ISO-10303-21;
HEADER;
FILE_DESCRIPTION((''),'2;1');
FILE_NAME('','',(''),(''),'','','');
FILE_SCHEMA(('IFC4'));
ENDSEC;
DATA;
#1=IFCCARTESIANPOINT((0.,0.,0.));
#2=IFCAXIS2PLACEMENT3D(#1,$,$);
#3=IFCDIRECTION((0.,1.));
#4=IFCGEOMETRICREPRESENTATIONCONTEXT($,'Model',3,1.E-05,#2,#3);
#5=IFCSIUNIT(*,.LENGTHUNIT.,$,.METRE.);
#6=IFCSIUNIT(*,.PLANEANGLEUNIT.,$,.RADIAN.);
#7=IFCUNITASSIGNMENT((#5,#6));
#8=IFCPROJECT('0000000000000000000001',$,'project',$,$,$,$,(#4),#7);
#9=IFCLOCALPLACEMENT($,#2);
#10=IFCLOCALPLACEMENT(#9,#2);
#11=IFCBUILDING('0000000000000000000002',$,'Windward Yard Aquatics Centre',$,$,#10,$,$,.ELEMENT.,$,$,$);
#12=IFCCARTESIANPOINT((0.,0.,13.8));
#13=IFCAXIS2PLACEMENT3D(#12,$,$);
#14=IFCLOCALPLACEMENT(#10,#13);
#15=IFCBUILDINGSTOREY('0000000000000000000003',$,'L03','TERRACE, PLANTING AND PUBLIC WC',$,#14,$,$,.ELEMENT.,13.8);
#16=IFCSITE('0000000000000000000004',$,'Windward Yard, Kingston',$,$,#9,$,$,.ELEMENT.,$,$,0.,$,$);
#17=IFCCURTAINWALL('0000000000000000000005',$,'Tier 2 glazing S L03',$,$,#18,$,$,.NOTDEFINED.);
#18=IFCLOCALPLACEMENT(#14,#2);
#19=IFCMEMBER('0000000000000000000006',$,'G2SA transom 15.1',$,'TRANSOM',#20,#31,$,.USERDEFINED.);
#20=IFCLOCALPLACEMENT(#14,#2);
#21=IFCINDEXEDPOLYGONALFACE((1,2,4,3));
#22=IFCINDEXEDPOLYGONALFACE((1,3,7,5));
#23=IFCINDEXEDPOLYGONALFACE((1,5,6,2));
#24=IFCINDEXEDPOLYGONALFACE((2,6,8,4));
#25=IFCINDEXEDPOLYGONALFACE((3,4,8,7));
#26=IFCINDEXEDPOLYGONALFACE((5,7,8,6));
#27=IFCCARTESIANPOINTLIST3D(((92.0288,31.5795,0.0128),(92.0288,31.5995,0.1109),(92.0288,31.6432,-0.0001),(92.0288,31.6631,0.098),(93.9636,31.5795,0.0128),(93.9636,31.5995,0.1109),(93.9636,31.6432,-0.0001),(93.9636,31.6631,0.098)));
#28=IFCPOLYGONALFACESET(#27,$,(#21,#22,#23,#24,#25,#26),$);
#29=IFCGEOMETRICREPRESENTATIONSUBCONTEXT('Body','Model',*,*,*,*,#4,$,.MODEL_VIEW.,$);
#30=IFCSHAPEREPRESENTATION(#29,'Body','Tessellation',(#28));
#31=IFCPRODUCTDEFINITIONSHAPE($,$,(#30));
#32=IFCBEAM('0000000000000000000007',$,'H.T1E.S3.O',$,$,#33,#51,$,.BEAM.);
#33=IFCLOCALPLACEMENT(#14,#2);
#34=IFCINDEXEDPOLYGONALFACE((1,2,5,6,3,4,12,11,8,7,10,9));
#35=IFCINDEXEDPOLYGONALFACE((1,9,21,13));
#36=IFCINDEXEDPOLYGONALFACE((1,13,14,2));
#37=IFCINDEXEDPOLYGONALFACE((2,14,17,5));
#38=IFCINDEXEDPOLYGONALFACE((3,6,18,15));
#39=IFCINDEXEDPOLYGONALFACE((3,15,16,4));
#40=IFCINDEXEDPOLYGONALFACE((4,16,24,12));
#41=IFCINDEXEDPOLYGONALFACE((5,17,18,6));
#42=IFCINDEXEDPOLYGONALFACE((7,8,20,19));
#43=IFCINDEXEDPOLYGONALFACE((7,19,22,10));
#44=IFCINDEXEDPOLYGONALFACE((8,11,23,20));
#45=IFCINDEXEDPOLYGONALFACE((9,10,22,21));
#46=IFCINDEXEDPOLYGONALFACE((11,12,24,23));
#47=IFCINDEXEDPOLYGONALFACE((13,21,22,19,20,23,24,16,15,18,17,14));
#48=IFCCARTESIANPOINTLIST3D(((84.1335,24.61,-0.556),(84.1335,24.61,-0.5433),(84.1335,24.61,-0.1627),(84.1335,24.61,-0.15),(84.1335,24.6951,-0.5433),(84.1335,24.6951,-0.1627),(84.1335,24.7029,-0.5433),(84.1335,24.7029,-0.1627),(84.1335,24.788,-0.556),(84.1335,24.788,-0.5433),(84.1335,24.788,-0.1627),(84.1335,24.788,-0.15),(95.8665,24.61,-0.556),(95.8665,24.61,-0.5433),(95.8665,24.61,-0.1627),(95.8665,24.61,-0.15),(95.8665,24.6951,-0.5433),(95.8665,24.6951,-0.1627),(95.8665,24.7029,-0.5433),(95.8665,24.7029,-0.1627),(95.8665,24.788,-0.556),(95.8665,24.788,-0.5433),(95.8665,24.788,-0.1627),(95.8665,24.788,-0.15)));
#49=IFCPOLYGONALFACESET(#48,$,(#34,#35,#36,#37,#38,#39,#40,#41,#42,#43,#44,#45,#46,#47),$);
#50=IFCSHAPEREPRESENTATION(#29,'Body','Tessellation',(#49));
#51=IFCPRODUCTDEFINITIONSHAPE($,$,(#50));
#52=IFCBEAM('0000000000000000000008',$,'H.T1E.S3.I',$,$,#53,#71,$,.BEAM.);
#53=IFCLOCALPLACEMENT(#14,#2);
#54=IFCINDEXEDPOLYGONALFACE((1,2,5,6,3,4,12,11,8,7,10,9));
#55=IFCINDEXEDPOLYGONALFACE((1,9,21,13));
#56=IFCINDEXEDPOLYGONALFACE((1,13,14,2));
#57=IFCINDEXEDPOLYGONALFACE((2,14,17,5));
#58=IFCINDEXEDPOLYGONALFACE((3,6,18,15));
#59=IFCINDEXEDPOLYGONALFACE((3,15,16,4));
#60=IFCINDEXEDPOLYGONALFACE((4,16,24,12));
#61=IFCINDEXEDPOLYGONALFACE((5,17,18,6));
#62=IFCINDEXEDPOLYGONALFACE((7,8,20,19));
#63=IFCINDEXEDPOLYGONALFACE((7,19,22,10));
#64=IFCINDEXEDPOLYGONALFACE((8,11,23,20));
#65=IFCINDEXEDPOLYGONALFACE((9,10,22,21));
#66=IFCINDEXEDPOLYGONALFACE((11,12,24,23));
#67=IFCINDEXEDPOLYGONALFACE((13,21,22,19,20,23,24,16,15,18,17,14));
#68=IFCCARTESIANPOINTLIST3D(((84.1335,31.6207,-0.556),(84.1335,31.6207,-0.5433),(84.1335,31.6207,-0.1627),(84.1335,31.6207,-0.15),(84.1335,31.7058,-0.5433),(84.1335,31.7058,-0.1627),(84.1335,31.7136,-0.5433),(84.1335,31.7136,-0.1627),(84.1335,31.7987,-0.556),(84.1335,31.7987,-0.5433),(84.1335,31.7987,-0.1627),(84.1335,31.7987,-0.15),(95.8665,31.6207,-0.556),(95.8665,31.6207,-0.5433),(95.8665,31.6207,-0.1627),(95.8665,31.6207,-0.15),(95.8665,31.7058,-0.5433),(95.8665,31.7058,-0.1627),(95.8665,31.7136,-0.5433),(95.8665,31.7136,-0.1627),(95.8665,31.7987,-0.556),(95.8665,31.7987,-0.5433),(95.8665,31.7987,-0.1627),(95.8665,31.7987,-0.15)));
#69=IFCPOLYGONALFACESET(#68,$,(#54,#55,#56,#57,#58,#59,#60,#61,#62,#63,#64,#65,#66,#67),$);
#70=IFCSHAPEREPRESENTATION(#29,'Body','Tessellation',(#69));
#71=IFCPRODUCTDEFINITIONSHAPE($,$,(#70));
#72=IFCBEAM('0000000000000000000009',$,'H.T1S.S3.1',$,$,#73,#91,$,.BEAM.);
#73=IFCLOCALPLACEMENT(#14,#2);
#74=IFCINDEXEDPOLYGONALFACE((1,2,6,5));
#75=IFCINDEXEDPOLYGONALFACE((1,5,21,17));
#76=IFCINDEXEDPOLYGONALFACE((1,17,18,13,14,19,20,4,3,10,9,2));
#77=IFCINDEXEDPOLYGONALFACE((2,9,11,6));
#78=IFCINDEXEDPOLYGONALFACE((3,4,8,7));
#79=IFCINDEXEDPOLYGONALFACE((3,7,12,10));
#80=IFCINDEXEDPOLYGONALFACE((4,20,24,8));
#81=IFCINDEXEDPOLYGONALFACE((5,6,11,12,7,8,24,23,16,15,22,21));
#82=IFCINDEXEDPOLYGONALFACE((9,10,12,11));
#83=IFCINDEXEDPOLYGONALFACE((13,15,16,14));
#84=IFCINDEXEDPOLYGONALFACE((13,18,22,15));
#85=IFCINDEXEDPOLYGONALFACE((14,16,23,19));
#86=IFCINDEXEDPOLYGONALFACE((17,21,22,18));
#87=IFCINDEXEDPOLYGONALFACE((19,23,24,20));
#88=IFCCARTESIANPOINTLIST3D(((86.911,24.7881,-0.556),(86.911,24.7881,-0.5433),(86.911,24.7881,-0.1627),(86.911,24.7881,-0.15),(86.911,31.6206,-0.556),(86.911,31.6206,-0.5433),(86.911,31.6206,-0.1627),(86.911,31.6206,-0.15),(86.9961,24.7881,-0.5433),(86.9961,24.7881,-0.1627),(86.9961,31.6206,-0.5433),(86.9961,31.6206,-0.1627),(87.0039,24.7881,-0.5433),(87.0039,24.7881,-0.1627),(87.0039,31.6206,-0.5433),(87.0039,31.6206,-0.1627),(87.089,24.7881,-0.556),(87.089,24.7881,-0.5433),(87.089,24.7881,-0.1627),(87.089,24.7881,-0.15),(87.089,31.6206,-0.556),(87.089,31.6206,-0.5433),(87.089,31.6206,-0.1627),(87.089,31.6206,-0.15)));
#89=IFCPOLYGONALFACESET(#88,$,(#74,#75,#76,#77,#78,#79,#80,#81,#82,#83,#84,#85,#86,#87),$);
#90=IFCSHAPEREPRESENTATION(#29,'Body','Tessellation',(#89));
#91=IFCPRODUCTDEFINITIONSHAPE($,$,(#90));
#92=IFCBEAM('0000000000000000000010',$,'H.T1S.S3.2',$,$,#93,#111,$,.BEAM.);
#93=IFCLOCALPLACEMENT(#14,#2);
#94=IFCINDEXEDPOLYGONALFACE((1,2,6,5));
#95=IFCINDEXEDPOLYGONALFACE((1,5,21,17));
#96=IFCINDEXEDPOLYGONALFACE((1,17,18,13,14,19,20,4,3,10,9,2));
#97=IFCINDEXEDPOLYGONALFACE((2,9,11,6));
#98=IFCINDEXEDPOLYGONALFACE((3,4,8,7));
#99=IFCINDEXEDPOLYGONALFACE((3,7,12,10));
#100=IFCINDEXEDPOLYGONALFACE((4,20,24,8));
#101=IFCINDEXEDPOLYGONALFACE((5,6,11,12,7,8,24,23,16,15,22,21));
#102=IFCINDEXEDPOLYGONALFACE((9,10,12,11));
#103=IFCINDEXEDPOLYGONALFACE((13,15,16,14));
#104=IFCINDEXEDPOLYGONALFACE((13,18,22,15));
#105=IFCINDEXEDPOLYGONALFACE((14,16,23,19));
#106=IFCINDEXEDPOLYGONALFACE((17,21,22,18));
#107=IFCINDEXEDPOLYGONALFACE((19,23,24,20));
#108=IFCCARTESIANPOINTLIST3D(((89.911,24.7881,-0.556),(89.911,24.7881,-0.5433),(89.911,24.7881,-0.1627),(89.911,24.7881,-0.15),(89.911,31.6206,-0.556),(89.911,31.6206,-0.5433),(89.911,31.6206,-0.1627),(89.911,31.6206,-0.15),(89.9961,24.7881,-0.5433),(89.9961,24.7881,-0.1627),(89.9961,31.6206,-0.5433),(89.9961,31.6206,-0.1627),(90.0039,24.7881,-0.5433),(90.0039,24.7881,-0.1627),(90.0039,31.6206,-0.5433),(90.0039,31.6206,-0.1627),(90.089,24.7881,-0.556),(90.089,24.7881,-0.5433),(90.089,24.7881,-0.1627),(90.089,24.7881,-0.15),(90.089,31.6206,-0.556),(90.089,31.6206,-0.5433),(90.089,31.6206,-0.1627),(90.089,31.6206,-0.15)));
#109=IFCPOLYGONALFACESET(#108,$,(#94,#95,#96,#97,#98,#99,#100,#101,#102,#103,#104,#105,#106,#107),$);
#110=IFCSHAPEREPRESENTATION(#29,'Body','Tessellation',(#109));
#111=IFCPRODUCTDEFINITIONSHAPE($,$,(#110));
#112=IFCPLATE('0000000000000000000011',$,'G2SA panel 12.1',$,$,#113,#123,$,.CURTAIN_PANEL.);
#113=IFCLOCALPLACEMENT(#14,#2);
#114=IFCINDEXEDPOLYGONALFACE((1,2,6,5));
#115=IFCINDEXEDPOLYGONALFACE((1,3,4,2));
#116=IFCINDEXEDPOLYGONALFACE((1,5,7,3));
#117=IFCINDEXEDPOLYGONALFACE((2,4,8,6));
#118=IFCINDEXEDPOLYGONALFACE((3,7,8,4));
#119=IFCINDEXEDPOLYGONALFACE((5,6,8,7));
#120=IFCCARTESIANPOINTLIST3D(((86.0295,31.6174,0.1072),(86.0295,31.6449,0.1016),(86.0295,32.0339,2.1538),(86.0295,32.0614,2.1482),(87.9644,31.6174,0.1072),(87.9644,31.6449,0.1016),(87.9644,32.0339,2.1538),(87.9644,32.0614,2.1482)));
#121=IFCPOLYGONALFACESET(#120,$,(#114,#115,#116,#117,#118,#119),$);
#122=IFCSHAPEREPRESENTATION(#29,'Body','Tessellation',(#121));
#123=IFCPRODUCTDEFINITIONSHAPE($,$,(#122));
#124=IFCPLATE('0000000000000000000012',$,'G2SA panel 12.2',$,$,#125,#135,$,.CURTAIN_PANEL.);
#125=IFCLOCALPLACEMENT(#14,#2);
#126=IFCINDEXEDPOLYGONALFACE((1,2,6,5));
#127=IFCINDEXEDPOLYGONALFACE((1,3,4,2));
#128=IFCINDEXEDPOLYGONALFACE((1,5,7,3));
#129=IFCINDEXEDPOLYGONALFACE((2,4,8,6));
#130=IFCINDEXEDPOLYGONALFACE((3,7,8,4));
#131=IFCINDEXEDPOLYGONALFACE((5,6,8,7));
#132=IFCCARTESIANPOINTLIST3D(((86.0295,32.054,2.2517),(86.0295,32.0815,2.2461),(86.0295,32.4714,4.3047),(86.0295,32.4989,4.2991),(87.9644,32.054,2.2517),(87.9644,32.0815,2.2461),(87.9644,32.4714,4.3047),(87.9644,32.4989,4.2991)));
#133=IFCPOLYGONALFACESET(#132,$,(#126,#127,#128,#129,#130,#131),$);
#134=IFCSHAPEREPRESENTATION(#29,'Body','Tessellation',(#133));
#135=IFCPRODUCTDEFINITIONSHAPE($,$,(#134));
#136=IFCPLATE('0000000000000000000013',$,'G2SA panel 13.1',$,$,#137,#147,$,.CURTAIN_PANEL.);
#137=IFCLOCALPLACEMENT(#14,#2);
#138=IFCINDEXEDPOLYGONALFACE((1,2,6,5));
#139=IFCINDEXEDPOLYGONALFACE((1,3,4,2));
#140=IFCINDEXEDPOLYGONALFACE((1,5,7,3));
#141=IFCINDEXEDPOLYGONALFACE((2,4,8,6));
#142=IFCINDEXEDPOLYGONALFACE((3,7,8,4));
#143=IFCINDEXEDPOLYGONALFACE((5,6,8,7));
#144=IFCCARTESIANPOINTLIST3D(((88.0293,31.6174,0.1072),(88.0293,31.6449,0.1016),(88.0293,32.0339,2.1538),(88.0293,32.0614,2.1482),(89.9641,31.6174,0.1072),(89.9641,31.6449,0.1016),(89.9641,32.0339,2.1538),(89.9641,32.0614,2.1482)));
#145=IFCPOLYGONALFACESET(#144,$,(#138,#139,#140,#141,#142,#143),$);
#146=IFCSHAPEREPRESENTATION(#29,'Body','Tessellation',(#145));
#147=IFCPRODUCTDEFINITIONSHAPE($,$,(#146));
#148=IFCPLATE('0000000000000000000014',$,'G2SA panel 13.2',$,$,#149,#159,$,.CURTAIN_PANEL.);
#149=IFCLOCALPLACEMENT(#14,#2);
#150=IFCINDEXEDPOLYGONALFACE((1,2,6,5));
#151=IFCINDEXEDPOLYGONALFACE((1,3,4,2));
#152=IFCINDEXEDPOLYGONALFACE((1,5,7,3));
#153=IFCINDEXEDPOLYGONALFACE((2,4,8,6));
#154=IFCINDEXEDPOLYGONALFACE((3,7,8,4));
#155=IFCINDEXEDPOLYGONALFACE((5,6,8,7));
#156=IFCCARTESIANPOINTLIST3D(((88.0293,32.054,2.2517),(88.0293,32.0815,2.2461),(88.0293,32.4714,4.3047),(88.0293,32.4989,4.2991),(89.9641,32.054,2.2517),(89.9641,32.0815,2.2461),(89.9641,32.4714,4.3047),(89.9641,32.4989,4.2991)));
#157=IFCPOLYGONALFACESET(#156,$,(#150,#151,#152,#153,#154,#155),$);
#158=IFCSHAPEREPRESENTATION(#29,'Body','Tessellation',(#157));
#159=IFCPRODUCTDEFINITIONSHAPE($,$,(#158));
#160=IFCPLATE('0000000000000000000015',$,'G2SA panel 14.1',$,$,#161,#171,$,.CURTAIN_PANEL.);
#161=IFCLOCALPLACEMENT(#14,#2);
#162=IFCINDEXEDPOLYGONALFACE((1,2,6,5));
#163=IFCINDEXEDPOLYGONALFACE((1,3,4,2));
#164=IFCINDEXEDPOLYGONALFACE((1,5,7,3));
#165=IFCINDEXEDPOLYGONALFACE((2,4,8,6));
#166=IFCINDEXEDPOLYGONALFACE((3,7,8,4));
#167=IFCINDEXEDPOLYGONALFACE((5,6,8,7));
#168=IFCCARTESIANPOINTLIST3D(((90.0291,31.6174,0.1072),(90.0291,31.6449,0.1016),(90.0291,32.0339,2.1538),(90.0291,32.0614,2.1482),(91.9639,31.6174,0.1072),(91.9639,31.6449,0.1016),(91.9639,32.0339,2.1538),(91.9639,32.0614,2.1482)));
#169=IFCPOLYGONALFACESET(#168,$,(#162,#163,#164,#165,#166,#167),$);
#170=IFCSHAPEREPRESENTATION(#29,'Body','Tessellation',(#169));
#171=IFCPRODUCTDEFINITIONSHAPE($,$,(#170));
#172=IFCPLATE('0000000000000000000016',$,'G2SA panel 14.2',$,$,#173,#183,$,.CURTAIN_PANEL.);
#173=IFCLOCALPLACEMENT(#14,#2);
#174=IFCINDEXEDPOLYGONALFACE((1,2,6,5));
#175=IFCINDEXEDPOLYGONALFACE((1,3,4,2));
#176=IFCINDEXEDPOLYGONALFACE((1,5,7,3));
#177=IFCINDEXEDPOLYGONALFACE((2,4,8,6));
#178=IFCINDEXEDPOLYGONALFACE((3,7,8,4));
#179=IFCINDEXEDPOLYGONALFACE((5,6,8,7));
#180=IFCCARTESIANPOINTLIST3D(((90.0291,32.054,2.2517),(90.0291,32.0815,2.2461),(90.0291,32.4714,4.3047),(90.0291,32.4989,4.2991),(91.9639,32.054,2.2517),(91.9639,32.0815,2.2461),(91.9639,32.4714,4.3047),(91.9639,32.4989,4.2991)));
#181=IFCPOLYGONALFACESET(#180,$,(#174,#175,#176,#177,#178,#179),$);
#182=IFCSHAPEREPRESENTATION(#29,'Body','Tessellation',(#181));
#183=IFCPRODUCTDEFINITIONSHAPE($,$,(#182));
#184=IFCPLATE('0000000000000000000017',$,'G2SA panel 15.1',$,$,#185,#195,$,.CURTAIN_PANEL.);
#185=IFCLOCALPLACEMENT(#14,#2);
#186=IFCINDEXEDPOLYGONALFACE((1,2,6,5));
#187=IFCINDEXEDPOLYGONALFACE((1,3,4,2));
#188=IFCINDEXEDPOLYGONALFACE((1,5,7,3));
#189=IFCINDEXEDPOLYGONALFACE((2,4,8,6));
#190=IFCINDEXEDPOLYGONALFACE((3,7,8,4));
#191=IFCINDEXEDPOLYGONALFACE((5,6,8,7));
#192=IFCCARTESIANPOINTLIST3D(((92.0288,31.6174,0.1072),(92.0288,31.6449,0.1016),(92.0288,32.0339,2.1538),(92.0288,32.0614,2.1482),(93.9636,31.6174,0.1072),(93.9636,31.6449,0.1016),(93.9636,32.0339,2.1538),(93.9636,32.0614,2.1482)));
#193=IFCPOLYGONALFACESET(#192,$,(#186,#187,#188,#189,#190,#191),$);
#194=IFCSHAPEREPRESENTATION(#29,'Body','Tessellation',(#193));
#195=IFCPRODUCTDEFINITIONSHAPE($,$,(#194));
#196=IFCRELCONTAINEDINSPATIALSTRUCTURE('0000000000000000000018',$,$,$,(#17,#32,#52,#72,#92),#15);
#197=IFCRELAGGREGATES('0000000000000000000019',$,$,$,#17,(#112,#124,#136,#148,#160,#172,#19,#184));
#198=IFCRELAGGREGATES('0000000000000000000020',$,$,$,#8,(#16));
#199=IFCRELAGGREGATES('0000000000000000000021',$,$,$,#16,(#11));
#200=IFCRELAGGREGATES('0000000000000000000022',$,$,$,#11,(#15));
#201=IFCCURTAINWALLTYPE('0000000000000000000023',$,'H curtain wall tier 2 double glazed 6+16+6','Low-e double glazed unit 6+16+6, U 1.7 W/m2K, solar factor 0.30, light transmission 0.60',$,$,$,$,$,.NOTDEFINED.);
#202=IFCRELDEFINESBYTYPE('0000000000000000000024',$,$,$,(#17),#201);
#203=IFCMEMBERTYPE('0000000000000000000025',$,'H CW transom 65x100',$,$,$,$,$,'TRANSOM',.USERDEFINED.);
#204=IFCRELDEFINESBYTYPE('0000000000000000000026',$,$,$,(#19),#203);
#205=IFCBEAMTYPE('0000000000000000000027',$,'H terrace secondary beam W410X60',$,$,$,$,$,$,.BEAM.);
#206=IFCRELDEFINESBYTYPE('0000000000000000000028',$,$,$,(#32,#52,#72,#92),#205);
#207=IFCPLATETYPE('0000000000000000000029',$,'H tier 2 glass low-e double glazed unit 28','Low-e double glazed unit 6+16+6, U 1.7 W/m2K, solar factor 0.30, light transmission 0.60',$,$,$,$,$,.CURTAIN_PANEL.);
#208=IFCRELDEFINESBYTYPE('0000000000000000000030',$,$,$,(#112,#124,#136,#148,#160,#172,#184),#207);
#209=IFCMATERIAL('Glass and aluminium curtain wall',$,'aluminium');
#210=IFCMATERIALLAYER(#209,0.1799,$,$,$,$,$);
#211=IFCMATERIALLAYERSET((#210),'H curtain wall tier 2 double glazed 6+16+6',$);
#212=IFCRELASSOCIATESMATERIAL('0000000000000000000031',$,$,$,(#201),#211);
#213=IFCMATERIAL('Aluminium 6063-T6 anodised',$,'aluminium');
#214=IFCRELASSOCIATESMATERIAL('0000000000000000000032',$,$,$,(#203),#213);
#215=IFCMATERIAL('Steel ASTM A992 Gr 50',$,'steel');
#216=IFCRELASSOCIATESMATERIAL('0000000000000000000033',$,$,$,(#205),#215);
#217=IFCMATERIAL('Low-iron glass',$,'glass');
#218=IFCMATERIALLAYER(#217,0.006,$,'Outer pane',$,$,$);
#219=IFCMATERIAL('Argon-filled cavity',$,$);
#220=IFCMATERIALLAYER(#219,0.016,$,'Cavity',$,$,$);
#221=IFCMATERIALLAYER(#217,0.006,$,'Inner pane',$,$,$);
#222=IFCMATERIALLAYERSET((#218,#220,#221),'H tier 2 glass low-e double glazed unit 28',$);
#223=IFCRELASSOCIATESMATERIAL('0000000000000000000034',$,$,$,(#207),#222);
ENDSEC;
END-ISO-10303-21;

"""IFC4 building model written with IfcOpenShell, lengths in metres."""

from ifc_helpers import new_model, si_unit, direction, frame, origin, origin_2d, place, context, subcontext, project, spatial, polyline, rectangle, i_section, outline, extrude, material, layer, layer_set, material_profile, profile_set, type_object, element, aggregate, save


model = new_model("IFC4")

# Units and contexts
model_context = context("Model", 3, precision=1e-05, world=origin(), true_north=direction((0.0, 1.0)))
body_context = subcontext(model_context, "Body", "Model", "MODEL_VIEW")
ifc_project = project(units=[si_unit("LENGTHUNIT", "METRE"), si_unit("PLANEANGLEUNIT", "RADIAN")], contexts=[model_context])

# Site, building, storey
site_placement = place(None, origin())
site = spatial("IfcSite", under=ifc_project, at=site_placement, Name="Windward Yard, Kingston", CompositionType="ELEMENT", RefElevation=0.0)
building_placement = place(site_placement, origin())
building = spatial("IfcBuilding", under=site, at=building_placement, Name="Windward Yard Aquatics Centre", CompositionType="ELEMENT")
storey_placement = place(building_placement, frame((0.0, 0.0, 13.8)))
storey = spatial("IfcBuildingStorey", under=building, at=storey_placement, Name="L03", Description="TERRACE, PLANTING AND PUBLIC WC", CompositionType="ELEMENT", Elevation=13.8)

# Curtain wall, member
ifc_material_1 = material(Name="Glass and aluminium curtain wall", Category="aluminium")
ifc_layer_1 = layer(ifc_material_1, 0.1799)
ifc_layer_set_1 = layer_set([ifc_layer_1], Name="H curtain wall tier 2 double glazed 6+16+6")
curtain_wall_type = type_object("IfcCurtainWallType", Name="H curtain wall tier 2 double glazed 6+16+6", Description="Low-e double glazed unit 6+16+6, U 1.7 W/m2K, solar factor 0.30, light transmission 0.60", PredefinedType="NOTDEFINED", material=ifc_layer_set_1)
curtain_wall_placement = place(storey_placement, origin())
curtain_wall = element("IfcCurtainWall", 1, at=curtain_wall_placement, inside=storey, type_object=curtain_wall_type, Name="Tier 2 glazing S L03", PredefinedType="NOTDEFINED")
ifc_material_2 = material(Name="Aluminium 6063-T6 anodised", Category="aluminium")
ifc_material_profile_1 = material_profile(ifc_material_2, rectangle(XDim=0.0649, YDim=0.1001, at=origin_2d()), Name="H CW transom 65x100")
ifc_profile_set_1 = profile_set([ifc_material_profile_1], Name="Aluminium 6063-T6 anodised")
member_type_1 = type_object("IfcMemberType", Name="H CW transom 65x100", ElementType="TRANSOM", PredefinedType="USERDEFINED", material=ifc_profile_set_1)
member_1_placement = place(storey_placement, frame((92.0288, 31.6213, 0.0554), z_axis=(1.0, 0.0, 0.0), x_axis=(0.0, -0.979925, 0.199368)))
member_1 = element("IfcMember", 2, at=member_1_placement, type_object=member_type_1, Name="G2SA transom 15.1", ObjectType="TRANSOM", PredefinedType="USERDEFINED", context=body_context, shape_type="SweptSolid", body=[
    extrude(rectangle(XDim=0.0649, YDim=0.1001, at=origin_2d()), origin(), (0.0, 0.0, 1.0), 1.9348),
])

# Beams
ifc_material_3 = material(Name="Steel ASTM A992 Gr 50", Category="steel")
ifc_material_profile_2 = material_profile(ifc_material_3, i_section(OverallWidth=0.178, OverallDepth=0.406, WebThickness=0.0078, FlangeThickness=0.0127, at=origin_2d()), Name="W410X60")
ifc_profile_set_2 = profile_set([ifc_material_profile_2], Name="Steel ASTM A992 Gr 50")
beam_type = type_object("IfcBeamType", Name="H terrace secondary beam W410X60", PredefinedType="BEAM", material=ifc_profile_set_2)
for number, where, z_axis, x_axis, name in (
    (3, (84.1335, 24.699, -0.353), (1.0, 0.0, 0.0), (0.0, 1.0, 0.0), "H.T1E.S3.O"),
    (4, (84.1335, 31.7097, -0.353), (1.0, 0.0, 0.0), (0.0, 1.0, 0.0), "H.T1E.S3.I"),
):
    element("IfcBeam", number, at=place(storey_placement, frame(where, z_axis=z_axis, x_axis=x_axis)), inside=storey, type_object=beam_type, Name=name, PredefinedType="BEAM", context=body_context, shape_type="SweptSolid", body=[
        extrude(i_section(OverallWidth=0.178, OverallDepth=0.406, WebThickness=0.0078, FlangeThickness=0.0127, at=origin_2d()), origin(), (0.0, 0.0, 1.0), 11.7329),
    ])
for number, where, z_axis, x_axis, name in (
    (5, (87.0, 24.7881, -0.353), (0.0, 1.0, 0.0), (-1.0, 0.0, 0.0), "H.T1S.S3.1"),
    (6, (90.0, 24.7881, -0.353), (0.0, 1.0, 0.0), (-1.0, 0.0, 0.0), "H.T1S.S3.2"),
):
    element("IfcBeam", number, at=place(storey_placement, frame(where, z_axis=z_axis, x_axis=x_axis)), inside=storey, type_object=beam_type, Name=name, PredefinedType="BEAM", context=body_context, shape_type="SweptSolid", body=[
        extrude(i_section(OverallWidth=0.178, OverallDepth=0.406, WebThickness=0.0078, FlangeThickness=0.0127, at=origin_2d()), origin(), (0.0, 0.0, 1.0), 6.8325),
    ])

# Plates
ifc_material_4 = material(Name="Low-iron glass", Category="glass")
ifc_layer_2 = layer(ifc_material_4, 0.006, Name="Outer pane")
ifc_material_5 = material(Name="Argon-filled cavity")
ifc_layer_3 = layer(ifc_material_5, 0.016, Name="Cavity")
ifc_layer_4 = layer(ifc_material_4, 0.006, Name="Inner pane")
ifc_layer_set_2 = layer_set([ifc_layer_2, ifc_layer_3, ifc_layer_4], Name="H tier 2 glass low-e double glazed unit 28")
plate_type = type_object("IfcPlateType", Name="H tier 2 glass low-e double glazed unit 28", Description="Low-e double glazed unit 6+16+6, U 1.7 W/m2K, solar factor 0.30, light transmission 0.60", PredefinedType="CURTAIN_PANEL", material=ifc_layer_set_2)
plate_1_placement = place(storey_placement, frame((86.0295, 31.6174, 0.1072), z_axis=(0.0, -0.979914, 0.199419), x_axis=(1.0, 0.0, 0.0)))
plate_1 = element("IfcPlate", 7, at=plate_1_placement, type_object=plate_type, Name="G2SA panel 12.1", PredefinedType="CURTAIN_PANEL", context=body_context, shape_type="SweptSolid", body=[
    extrude(outline(polyline([(0.0, 0.0), (1.9348, 0.0), (1.9348, 2.0886), (0.0, 2.0886), (0.0, 0.0)])), origin(), (0.0, 0.0, -1.0), 0.0281),
])
plate_2_placement = place(storey_placement, frame((86.0295, 32.054, 2.2517), z_axis=(0.0, -0.979944, 0.199275), x_axis=(1.0, 0.0, 0.0)))
plate_2 = element("IfcPlate", 8, at=plate_2_placement, type_object=plate_type, Name="G2SA panel 12.2", PredefinedType="CURTAIN_PANEL", context=body_context, shape_type="SweptSolid", body=[
    extrude(outline(polyline([(0.0, 0.0), (1.9348, 0.0), (1.9348, 2.095), (0.0, 2.095), (0.0, 0.0)])), origin(), (0.0, 0.0, -1.0), 0.0281),
])
plate_3_placement = place(storey_placement, frame((88.0293, 31.6174, 0.1072), z_axis=(0.0, -0.979914, 0.199419), x_axis=(1.0, 0.0, 0.0)))
plate_3 = element("IfcPlate", 9, at=plate_3_placement, type_object=plate_type, Name="G2SA panel 13.1", PredefinedType="CURTAIN_PANEL", context=body_context, shape_type="SweptSolid", body=[
    extrude(outline(polyline([(0.0, 0.0), (1.9348, 0.0), (1.9348, 2.0886), (0.0, 2.0886), (0.0, 0.0)])), origin(), (0.0, 0.0, -1.0), 0.0281),
])
plate_4_placement = place(storey_placement, frame((88.0293, 32.054, 2.2517), z_axis=(0.0, -0.979944, 0.199275), x_axis=(1.0, 0.0, 0.0)))
plate_4 = element("IfcPlate", 10, at=plate_4_placement, type_object=plate_type, Name="G2SA panel 13.2", PredefinedType="CURTAIN_PANEL", context=body_context, shape_type="SweptSolid", body=[
    extrude(outline(polyline([(0.0, 0.0), (1.9348, 0.0), (1.9348, 2.095), (0.0, 2.095), (0.0, 0.0)])), origin(), (0.0, 0.0, -1.0), 0.0281),
])
plate_5_placement = place(storey_placement, frame((90.0291, 31.6174, 0.1072), z_axis=(0.0, -0.979914, 0.199419), x_axis=(1.0, 0.0, 0.0)))
plate_5 = element("IfcPlate", 11, at=plate_5_placement, type_object=plate_type, Name="G2SA panel 14.1", PredefinedType="CURTAIN_PANEL", context=body_context, shape_type="SweptSolid", body=[
    extrude(outline(polyline([(0.0, 0.0), (1.9348, 0.0), (1.9348, 2.0886), (0.0, 2.0886), (0.0, 0.0)])), origin(), (0.0, 0.0, -1.0), 0.0281),
])
plate_6_placement = place(storey_placement, frame((90.0291, 32.054, 2.2517), z_axis=(0.0, -0.979944, 0.199275), x_axis=(1.0, 0.0, 0.0)))
plate_6 = element("IfcPlate", 12, at=plate_6_placement, type_object=plate_type, Name="G2SA panel 14.2", PredefinedType="CURTAIN_PANEL", context=body_context, shape_type="SweptSolid", body=[
    extrude(outline(polyline([(0.0, 0.0), (1.9348, 0.0), (1.9348, 2.095), (0.0, 2.095), (0.0, 0.0)])), origin(), (0.0, 0.0, -1.0), 0.0281),
])
plate_7_placement = place(storey_placement, frame((92.0288, 31.6174, 0.1072), z_axis=(0.0, -0.979914, 0.199419), x_axis=(1.0, 0.0, 0.0)))
plate_7 = element("IfcPlate", 13, at=plate_7_placement, type_object=plate_type, Name="G2SA panel 15.1", PredefinedType="CURTAIN_PANEL", context=body_context, shape_type="SweptSolid", body=[
    extrude(outline(polyline([(0.0, 0.0), (1.9348, 0.0), (1.9348, 2.0886), (0.0, 2.0886), (0.0, 0.0)])), origin(), (0.0, 0.0, -1.0), 0.0281),
])
aggregate(curtain_wall, [plate_1, plate_2, plate_3, plate_4, plate_5, plate_6, member_1, plate_7])

save(model, "model.ifc")
